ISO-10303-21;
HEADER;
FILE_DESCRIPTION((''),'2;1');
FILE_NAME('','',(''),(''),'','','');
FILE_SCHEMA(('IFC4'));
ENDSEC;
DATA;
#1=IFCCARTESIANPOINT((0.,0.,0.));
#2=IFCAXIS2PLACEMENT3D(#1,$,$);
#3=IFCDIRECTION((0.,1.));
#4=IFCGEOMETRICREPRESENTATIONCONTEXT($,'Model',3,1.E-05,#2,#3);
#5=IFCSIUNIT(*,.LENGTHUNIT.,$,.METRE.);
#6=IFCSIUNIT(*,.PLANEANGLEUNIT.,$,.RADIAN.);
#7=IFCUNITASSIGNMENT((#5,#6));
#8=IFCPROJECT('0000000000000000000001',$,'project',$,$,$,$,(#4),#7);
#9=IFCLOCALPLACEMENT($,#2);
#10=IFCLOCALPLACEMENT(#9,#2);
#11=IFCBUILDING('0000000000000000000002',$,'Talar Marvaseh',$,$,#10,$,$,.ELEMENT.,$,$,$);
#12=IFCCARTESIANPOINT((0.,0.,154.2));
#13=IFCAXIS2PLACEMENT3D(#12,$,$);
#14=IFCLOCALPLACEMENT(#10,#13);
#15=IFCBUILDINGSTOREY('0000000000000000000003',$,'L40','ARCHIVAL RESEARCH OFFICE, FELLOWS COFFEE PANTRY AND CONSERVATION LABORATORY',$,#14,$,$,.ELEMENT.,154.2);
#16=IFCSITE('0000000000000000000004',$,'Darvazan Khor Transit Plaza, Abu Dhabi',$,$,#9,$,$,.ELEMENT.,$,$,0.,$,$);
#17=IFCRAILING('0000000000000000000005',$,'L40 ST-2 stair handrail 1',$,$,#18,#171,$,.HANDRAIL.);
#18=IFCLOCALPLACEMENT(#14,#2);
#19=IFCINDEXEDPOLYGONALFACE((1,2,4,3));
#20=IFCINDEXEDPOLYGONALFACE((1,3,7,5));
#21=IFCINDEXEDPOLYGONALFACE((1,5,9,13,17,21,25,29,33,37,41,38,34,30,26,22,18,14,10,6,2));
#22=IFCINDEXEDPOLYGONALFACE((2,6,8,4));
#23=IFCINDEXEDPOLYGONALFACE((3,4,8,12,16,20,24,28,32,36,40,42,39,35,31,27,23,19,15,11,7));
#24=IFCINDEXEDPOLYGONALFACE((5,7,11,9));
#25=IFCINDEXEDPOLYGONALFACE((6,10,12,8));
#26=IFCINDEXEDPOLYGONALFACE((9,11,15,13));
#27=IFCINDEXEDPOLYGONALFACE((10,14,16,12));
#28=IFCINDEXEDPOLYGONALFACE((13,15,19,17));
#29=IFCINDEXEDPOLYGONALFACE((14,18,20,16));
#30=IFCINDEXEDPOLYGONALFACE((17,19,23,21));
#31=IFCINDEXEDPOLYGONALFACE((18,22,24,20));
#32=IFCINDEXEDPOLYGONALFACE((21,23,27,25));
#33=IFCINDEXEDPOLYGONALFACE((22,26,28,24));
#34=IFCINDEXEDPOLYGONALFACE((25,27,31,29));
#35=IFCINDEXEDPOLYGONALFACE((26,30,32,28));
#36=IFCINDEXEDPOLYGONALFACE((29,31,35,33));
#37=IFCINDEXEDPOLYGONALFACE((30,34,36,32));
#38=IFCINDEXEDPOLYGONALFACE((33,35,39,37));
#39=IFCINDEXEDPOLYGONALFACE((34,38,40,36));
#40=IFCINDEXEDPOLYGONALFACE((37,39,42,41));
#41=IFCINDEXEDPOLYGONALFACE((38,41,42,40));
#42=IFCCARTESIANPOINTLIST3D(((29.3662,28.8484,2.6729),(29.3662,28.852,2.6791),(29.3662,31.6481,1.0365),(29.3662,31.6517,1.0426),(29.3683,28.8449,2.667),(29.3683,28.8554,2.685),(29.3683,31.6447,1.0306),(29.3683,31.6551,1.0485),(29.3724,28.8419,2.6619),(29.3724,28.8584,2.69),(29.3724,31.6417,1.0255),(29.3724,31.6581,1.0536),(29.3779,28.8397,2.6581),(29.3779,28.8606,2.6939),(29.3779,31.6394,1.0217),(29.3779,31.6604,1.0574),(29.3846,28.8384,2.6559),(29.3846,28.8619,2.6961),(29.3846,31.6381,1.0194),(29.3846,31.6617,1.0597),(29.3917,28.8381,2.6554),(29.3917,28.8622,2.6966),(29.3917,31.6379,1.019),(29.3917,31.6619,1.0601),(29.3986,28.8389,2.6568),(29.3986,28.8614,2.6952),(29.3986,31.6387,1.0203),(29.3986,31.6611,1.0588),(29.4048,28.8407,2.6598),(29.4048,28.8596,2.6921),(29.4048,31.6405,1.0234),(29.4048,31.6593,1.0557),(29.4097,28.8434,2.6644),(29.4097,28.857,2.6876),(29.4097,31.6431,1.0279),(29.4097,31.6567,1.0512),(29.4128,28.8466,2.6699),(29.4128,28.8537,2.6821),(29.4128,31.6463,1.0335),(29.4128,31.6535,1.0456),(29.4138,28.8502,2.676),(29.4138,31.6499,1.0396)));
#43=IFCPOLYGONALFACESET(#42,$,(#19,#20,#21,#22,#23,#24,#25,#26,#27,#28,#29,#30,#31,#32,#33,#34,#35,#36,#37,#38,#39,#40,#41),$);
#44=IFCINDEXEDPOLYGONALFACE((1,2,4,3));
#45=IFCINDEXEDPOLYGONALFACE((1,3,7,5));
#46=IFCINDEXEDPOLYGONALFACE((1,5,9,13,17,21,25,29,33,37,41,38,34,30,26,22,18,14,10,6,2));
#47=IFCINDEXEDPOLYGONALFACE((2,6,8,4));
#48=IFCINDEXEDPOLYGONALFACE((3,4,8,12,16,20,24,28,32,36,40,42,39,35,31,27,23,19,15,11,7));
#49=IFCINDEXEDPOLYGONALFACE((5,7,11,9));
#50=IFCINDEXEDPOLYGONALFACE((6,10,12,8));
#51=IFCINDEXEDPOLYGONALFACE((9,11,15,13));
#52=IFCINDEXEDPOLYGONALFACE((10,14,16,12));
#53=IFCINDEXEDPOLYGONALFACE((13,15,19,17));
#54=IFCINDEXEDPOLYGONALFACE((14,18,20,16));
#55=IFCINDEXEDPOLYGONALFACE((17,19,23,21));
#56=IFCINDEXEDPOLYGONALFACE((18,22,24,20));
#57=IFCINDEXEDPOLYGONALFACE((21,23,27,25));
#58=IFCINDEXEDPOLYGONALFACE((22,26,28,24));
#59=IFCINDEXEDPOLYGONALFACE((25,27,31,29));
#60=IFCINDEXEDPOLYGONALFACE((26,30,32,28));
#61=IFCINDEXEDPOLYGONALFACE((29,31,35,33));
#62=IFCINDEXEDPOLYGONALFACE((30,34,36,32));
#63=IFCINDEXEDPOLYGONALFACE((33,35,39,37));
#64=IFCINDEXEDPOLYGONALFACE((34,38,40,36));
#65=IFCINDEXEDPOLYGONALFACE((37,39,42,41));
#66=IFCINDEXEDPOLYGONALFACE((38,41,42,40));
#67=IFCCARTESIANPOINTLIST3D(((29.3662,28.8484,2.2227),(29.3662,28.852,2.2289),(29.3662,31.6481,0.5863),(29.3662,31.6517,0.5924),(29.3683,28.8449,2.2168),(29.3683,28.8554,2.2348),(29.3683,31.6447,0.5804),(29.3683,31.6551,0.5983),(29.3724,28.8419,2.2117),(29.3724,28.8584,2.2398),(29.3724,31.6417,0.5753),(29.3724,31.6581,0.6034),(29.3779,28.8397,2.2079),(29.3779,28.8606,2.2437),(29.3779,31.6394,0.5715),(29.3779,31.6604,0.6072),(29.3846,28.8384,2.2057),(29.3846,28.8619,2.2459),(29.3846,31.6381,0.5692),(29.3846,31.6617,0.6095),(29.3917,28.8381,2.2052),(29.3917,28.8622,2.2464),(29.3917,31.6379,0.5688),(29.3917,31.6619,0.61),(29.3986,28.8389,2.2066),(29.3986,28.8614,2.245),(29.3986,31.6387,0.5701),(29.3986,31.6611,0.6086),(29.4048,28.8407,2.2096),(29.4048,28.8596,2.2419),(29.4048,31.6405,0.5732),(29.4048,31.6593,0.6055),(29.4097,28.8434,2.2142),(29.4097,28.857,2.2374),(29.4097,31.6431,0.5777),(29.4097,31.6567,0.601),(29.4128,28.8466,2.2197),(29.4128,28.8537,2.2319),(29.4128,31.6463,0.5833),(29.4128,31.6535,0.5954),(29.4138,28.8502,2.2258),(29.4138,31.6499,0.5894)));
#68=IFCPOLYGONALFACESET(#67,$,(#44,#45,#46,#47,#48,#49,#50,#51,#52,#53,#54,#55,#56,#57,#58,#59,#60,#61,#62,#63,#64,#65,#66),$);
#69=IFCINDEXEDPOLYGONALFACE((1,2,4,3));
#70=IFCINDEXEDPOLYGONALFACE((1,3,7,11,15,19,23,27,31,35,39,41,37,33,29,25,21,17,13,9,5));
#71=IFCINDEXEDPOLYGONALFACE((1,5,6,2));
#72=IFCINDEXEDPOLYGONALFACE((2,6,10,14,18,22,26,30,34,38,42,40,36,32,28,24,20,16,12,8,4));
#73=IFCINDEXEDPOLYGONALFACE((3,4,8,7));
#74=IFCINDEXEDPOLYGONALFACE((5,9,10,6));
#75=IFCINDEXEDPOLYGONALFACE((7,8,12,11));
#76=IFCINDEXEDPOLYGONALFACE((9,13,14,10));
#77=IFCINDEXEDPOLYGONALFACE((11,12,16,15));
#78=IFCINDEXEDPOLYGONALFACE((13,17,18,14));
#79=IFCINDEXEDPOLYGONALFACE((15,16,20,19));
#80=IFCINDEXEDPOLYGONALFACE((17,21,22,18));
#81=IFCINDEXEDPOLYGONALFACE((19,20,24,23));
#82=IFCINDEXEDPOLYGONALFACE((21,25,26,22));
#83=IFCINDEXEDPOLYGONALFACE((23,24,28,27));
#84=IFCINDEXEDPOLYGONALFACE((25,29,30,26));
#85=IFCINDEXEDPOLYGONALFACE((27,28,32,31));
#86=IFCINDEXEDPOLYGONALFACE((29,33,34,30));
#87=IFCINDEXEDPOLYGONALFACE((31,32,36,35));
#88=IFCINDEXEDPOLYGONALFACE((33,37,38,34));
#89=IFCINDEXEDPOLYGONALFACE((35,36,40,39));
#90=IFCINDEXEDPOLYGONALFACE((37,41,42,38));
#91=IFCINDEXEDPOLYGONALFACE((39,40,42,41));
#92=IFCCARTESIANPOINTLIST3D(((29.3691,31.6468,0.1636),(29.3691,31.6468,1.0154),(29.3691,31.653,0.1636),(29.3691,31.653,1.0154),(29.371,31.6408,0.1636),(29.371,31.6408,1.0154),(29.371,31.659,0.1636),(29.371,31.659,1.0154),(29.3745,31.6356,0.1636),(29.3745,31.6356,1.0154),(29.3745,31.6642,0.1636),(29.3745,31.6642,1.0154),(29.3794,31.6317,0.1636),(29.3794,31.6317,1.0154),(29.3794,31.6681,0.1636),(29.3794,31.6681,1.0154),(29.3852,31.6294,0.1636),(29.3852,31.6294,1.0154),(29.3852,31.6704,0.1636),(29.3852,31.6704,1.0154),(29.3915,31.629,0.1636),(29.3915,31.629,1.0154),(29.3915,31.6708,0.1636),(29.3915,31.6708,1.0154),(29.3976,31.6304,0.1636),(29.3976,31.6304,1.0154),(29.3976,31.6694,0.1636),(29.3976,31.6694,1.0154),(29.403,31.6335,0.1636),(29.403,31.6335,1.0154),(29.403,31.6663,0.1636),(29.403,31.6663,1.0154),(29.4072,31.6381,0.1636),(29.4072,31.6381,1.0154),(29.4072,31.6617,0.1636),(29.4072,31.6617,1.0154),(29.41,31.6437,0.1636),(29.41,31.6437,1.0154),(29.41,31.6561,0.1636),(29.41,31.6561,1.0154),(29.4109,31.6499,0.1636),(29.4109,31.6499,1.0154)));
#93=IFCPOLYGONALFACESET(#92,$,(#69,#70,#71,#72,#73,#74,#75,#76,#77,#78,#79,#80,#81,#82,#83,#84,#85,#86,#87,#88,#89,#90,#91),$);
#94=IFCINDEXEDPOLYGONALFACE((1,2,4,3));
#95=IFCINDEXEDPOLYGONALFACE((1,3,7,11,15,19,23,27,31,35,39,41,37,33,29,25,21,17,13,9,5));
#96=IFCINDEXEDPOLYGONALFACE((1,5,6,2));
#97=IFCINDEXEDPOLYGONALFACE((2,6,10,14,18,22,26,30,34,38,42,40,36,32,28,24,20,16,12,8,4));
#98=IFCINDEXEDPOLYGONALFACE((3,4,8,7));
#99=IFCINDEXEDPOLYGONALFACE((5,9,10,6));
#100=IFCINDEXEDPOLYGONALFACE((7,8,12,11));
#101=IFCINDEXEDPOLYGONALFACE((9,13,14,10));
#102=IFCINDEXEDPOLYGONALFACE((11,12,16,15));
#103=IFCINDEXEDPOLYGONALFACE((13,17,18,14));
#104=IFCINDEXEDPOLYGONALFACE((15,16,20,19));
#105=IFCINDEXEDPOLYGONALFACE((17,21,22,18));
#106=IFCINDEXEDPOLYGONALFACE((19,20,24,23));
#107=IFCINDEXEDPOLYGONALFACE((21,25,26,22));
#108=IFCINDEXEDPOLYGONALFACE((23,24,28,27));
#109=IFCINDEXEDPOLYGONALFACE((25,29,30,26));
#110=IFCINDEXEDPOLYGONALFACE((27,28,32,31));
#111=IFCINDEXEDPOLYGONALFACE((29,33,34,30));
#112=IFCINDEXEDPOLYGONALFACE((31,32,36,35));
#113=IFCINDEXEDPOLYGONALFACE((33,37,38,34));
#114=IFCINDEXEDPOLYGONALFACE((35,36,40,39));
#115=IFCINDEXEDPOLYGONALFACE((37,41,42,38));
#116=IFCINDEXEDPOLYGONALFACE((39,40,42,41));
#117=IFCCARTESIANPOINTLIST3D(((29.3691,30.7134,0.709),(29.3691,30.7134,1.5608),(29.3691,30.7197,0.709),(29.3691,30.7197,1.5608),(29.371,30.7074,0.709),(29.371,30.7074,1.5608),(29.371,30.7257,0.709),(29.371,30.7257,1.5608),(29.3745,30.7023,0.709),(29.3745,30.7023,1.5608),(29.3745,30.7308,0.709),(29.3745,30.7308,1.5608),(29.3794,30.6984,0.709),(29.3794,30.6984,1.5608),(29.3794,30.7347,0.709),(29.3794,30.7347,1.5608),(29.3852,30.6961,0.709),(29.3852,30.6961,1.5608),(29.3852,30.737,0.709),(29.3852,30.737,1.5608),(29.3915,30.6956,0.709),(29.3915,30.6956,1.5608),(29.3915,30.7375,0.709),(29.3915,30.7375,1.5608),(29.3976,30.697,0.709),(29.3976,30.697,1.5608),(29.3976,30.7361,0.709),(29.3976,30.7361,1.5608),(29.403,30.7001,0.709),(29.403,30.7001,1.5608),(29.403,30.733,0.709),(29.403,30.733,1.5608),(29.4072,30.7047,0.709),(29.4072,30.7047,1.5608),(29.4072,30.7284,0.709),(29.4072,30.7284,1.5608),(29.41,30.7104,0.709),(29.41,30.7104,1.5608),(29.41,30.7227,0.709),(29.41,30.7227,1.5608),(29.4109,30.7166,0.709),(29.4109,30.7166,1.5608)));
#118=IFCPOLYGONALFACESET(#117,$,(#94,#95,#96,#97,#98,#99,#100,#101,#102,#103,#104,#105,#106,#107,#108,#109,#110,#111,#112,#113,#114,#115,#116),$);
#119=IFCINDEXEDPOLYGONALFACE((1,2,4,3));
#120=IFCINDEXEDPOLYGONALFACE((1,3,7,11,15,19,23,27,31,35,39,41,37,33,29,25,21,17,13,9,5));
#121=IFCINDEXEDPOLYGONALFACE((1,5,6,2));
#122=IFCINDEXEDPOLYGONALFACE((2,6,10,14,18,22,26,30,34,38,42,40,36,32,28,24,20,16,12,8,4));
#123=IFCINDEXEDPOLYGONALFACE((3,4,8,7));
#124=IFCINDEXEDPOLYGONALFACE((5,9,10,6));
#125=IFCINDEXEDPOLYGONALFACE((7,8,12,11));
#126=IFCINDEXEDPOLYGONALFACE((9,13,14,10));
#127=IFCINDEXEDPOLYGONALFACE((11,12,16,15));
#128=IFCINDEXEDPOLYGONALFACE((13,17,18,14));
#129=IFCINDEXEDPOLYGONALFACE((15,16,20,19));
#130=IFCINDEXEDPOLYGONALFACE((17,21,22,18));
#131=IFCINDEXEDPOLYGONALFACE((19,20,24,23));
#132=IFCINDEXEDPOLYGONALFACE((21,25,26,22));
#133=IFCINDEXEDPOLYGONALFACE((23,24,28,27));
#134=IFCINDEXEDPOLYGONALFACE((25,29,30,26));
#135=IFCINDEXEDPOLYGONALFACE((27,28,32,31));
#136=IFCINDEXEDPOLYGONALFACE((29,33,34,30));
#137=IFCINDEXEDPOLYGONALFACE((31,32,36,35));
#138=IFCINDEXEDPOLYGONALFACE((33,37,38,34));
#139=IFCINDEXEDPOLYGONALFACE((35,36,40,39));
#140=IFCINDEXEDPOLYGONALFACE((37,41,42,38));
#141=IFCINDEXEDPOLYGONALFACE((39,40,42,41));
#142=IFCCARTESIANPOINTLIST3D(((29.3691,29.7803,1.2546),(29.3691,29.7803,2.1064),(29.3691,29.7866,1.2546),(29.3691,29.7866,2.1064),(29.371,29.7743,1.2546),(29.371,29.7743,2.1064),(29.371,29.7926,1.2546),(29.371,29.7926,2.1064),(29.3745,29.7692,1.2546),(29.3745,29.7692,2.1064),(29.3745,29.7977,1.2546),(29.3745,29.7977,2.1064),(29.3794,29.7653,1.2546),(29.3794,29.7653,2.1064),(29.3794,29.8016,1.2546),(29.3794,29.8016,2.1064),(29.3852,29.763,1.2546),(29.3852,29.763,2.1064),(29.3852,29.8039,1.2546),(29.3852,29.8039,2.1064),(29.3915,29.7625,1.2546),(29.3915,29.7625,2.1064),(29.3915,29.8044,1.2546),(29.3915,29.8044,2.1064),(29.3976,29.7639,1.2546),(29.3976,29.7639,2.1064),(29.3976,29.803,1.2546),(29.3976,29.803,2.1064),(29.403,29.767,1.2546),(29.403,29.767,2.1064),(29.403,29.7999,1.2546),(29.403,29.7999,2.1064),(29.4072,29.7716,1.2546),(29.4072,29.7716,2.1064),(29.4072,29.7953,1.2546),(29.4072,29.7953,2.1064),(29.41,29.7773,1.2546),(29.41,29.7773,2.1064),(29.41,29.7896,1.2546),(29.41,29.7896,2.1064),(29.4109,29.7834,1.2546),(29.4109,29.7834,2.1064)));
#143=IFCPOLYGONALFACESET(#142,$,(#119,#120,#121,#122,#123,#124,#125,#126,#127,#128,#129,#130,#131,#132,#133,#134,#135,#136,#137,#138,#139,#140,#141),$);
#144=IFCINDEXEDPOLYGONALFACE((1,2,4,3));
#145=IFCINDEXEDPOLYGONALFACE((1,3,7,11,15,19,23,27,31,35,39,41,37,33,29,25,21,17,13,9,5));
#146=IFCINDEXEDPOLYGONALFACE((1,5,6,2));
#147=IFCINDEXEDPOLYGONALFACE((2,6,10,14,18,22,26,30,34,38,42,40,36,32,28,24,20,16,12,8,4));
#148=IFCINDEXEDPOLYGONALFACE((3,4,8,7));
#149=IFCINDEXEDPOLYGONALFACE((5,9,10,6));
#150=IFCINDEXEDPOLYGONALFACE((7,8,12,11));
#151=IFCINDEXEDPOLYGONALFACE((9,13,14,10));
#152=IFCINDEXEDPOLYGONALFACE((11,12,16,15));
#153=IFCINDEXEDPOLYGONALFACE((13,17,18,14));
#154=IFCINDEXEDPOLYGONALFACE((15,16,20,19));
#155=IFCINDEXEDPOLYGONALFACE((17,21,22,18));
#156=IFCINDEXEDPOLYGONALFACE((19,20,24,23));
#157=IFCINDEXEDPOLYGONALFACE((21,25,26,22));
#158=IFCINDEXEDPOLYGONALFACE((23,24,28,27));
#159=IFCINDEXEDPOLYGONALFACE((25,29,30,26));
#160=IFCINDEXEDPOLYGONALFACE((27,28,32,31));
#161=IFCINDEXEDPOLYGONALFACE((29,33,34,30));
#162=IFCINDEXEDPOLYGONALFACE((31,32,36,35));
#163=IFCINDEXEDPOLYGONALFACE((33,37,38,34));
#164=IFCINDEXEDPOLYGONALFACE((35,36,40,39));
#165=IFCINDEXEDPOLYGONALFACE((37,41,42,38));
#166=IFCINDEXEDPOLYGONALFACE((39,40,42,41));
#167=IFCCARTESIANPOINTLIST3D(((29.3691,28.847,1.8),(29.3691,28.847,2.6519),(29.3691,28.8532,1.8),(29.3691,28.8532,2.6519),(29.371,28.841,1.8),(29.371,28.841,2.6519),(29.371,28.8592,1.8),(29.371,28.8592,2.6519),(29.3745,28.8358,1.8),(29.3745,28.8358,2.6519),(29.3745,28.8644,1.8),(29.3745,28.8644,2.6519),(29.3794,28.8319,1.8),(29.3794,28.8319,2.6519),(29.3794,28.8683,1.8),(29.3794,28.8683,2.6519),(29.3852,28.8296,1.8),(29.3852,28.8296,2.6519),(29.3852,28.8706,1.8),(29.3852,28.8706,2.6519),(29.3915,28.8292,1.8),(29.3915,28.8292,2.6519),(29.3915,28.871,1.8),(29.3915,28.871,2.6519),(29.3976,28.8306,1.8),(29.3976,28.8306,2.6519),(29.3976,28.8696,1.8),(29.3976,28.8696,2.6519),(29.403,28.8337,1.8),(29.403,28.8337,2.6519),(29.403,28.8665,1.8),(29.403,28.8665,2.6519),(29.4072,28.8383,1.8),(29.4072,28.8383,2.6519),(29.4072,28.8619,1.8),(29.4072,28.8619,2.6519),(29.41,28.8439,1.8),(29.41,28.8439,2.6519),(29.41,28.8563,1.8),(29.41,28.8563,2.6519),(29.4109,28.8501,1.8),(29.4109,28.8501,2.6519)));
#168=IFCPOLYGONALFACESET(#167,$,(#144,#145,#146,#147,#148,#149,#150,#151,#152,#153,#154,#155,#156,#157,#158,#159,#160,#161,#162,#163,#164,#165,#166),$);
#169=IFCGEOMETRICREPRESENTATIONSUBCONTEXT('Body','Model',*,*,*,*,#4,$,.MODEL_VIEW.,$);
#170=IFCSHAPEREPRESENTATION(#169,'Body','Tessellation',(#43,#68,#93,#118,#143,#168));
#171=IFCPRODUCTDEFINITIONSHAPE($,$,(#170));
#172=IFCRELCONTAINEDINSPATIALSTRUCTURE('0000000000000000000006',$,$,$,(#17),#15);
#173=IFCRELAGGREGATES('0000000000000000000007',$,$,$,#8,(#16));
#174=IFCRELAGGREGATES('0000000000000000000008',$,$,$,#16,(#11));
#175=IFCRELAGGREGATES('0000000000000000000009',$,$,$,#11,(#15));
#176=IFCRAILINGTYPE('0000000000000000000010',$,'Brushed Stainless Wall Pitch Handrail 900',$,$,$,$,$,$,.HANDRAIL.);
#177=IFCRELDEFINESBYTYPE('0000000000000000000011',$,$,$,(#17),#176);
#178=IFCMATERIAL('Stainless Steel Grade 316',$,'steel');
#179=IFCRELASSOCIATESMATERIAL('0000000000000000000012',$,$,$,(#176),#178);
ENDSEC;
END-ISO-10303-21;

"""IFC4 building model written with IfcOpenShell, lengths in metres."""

from ifc_helpers import new_model, si_unit, direction, frame, origin, origin_2d, place, context, subcontext, project, spatial, circle, extrude, material, type_object, element, save


model = new_model("IFC4")

# Units and contexts
model_context = context("Model", 3, precision=1e-05, world=origin(), true_north=direction((0.0, 1.0)))
body_context = subcontext(model_context, "Body", "Model", "MODEL_VIEW")
ifc_project = project(units=[si_unit("LENGTHUNIT", "METRE"), si_unit("PLANEANGLEUNIT", "RADIAN")], contexts=[model_context])

# Site, building, storey
site_placement = place(None, origin())
site = spatial("IfcSite", under=ifc_project, at=site_placement, Name="Darvazan Khor Transit Plaza, Abu Dhabi", CompositionType="ELEMENT", RefElevation=0.0)
building_placement = place(site_placement, origin())
building = spatial("IfcBuilding", under=site, at=building_placement, Name="Talar Marvaseh", CompositionType="ELEMENT")
storey_placement = place(building_placement, frame((0.0, 0.0, 154.2)))
storey = spatial("IfcBuildingStorey", under=building, at=storey_placement, Name="L40", Description="ARCHIVAL RESEARCH OFFICE, FELLOWS COFFEE PANTRY AND CONSERVATION LABORATORY", CompositionType="ELEMENT", Elevation=154.2)

# Shared definitions
ifc_material_1 = material(Name="Stainless Steel Grade 316", Category="steel")

# Railing
railing_type_1 = type_object("IfcRailingType", Name="Brushed Stainless Wall Pitch Handrail 900", PredefinedType="HANDRAIL", material=ifc_material_1)
railing_1_placement = place(storey_placement, frame((29.3899, 31.6499, 0.1636)))
element("IfcRailing", 1, at=railing_1_placement, inside=storey, type_object=railing_type_1, Name="L40 ST-2 stair handrail 1", PredefinedType="HANDRAIL", context=body_context, shape_type="SweptSolid", body=[
    extrude(circle(Radius=0.0239, at=origin_2d()), frame((0.0, 0.0, 0.876), z_axis=(0.0, -0.863342, 0.50462), x_axis=(1.0, 0.0, 0.0)), (0.0, 0.0, 1.0), 3.2429),
    extrude(circle(Radius=0.0239, at=origin_2d()), frame((0.0, 0.0, 0.4258), z_axis=(0.0, -0.863342, 0.50462), x_axis=(1.0, 0.0, 0.0)), (0.0, 0.0, 1.0), 3.2429),
    extrude(circle(Radius=0.021, at=origin_2d()), origin(), (0.0, 0.0, 1.0), 0.8518),
    extrude(circle(Radius=0.021, at=origin_2d()), frame((0.0, -0.9333, 0.5454)), (0.0, 0.0, 1.0), 0.8518),
    extrude(circle(Radius=0.021, at=origin_2d()), frame((0.0, -1.8665, 1.0911)), (0.0, 0.0, 1.0), 0.8518),
    extrude(circle(Radius=0.021, at=origin_2d()), frame((0.0, -2.7998, 1.6365)), (0.0, 0.0, 1.0), 0.8518),
])

save(model, "model.ifc")
